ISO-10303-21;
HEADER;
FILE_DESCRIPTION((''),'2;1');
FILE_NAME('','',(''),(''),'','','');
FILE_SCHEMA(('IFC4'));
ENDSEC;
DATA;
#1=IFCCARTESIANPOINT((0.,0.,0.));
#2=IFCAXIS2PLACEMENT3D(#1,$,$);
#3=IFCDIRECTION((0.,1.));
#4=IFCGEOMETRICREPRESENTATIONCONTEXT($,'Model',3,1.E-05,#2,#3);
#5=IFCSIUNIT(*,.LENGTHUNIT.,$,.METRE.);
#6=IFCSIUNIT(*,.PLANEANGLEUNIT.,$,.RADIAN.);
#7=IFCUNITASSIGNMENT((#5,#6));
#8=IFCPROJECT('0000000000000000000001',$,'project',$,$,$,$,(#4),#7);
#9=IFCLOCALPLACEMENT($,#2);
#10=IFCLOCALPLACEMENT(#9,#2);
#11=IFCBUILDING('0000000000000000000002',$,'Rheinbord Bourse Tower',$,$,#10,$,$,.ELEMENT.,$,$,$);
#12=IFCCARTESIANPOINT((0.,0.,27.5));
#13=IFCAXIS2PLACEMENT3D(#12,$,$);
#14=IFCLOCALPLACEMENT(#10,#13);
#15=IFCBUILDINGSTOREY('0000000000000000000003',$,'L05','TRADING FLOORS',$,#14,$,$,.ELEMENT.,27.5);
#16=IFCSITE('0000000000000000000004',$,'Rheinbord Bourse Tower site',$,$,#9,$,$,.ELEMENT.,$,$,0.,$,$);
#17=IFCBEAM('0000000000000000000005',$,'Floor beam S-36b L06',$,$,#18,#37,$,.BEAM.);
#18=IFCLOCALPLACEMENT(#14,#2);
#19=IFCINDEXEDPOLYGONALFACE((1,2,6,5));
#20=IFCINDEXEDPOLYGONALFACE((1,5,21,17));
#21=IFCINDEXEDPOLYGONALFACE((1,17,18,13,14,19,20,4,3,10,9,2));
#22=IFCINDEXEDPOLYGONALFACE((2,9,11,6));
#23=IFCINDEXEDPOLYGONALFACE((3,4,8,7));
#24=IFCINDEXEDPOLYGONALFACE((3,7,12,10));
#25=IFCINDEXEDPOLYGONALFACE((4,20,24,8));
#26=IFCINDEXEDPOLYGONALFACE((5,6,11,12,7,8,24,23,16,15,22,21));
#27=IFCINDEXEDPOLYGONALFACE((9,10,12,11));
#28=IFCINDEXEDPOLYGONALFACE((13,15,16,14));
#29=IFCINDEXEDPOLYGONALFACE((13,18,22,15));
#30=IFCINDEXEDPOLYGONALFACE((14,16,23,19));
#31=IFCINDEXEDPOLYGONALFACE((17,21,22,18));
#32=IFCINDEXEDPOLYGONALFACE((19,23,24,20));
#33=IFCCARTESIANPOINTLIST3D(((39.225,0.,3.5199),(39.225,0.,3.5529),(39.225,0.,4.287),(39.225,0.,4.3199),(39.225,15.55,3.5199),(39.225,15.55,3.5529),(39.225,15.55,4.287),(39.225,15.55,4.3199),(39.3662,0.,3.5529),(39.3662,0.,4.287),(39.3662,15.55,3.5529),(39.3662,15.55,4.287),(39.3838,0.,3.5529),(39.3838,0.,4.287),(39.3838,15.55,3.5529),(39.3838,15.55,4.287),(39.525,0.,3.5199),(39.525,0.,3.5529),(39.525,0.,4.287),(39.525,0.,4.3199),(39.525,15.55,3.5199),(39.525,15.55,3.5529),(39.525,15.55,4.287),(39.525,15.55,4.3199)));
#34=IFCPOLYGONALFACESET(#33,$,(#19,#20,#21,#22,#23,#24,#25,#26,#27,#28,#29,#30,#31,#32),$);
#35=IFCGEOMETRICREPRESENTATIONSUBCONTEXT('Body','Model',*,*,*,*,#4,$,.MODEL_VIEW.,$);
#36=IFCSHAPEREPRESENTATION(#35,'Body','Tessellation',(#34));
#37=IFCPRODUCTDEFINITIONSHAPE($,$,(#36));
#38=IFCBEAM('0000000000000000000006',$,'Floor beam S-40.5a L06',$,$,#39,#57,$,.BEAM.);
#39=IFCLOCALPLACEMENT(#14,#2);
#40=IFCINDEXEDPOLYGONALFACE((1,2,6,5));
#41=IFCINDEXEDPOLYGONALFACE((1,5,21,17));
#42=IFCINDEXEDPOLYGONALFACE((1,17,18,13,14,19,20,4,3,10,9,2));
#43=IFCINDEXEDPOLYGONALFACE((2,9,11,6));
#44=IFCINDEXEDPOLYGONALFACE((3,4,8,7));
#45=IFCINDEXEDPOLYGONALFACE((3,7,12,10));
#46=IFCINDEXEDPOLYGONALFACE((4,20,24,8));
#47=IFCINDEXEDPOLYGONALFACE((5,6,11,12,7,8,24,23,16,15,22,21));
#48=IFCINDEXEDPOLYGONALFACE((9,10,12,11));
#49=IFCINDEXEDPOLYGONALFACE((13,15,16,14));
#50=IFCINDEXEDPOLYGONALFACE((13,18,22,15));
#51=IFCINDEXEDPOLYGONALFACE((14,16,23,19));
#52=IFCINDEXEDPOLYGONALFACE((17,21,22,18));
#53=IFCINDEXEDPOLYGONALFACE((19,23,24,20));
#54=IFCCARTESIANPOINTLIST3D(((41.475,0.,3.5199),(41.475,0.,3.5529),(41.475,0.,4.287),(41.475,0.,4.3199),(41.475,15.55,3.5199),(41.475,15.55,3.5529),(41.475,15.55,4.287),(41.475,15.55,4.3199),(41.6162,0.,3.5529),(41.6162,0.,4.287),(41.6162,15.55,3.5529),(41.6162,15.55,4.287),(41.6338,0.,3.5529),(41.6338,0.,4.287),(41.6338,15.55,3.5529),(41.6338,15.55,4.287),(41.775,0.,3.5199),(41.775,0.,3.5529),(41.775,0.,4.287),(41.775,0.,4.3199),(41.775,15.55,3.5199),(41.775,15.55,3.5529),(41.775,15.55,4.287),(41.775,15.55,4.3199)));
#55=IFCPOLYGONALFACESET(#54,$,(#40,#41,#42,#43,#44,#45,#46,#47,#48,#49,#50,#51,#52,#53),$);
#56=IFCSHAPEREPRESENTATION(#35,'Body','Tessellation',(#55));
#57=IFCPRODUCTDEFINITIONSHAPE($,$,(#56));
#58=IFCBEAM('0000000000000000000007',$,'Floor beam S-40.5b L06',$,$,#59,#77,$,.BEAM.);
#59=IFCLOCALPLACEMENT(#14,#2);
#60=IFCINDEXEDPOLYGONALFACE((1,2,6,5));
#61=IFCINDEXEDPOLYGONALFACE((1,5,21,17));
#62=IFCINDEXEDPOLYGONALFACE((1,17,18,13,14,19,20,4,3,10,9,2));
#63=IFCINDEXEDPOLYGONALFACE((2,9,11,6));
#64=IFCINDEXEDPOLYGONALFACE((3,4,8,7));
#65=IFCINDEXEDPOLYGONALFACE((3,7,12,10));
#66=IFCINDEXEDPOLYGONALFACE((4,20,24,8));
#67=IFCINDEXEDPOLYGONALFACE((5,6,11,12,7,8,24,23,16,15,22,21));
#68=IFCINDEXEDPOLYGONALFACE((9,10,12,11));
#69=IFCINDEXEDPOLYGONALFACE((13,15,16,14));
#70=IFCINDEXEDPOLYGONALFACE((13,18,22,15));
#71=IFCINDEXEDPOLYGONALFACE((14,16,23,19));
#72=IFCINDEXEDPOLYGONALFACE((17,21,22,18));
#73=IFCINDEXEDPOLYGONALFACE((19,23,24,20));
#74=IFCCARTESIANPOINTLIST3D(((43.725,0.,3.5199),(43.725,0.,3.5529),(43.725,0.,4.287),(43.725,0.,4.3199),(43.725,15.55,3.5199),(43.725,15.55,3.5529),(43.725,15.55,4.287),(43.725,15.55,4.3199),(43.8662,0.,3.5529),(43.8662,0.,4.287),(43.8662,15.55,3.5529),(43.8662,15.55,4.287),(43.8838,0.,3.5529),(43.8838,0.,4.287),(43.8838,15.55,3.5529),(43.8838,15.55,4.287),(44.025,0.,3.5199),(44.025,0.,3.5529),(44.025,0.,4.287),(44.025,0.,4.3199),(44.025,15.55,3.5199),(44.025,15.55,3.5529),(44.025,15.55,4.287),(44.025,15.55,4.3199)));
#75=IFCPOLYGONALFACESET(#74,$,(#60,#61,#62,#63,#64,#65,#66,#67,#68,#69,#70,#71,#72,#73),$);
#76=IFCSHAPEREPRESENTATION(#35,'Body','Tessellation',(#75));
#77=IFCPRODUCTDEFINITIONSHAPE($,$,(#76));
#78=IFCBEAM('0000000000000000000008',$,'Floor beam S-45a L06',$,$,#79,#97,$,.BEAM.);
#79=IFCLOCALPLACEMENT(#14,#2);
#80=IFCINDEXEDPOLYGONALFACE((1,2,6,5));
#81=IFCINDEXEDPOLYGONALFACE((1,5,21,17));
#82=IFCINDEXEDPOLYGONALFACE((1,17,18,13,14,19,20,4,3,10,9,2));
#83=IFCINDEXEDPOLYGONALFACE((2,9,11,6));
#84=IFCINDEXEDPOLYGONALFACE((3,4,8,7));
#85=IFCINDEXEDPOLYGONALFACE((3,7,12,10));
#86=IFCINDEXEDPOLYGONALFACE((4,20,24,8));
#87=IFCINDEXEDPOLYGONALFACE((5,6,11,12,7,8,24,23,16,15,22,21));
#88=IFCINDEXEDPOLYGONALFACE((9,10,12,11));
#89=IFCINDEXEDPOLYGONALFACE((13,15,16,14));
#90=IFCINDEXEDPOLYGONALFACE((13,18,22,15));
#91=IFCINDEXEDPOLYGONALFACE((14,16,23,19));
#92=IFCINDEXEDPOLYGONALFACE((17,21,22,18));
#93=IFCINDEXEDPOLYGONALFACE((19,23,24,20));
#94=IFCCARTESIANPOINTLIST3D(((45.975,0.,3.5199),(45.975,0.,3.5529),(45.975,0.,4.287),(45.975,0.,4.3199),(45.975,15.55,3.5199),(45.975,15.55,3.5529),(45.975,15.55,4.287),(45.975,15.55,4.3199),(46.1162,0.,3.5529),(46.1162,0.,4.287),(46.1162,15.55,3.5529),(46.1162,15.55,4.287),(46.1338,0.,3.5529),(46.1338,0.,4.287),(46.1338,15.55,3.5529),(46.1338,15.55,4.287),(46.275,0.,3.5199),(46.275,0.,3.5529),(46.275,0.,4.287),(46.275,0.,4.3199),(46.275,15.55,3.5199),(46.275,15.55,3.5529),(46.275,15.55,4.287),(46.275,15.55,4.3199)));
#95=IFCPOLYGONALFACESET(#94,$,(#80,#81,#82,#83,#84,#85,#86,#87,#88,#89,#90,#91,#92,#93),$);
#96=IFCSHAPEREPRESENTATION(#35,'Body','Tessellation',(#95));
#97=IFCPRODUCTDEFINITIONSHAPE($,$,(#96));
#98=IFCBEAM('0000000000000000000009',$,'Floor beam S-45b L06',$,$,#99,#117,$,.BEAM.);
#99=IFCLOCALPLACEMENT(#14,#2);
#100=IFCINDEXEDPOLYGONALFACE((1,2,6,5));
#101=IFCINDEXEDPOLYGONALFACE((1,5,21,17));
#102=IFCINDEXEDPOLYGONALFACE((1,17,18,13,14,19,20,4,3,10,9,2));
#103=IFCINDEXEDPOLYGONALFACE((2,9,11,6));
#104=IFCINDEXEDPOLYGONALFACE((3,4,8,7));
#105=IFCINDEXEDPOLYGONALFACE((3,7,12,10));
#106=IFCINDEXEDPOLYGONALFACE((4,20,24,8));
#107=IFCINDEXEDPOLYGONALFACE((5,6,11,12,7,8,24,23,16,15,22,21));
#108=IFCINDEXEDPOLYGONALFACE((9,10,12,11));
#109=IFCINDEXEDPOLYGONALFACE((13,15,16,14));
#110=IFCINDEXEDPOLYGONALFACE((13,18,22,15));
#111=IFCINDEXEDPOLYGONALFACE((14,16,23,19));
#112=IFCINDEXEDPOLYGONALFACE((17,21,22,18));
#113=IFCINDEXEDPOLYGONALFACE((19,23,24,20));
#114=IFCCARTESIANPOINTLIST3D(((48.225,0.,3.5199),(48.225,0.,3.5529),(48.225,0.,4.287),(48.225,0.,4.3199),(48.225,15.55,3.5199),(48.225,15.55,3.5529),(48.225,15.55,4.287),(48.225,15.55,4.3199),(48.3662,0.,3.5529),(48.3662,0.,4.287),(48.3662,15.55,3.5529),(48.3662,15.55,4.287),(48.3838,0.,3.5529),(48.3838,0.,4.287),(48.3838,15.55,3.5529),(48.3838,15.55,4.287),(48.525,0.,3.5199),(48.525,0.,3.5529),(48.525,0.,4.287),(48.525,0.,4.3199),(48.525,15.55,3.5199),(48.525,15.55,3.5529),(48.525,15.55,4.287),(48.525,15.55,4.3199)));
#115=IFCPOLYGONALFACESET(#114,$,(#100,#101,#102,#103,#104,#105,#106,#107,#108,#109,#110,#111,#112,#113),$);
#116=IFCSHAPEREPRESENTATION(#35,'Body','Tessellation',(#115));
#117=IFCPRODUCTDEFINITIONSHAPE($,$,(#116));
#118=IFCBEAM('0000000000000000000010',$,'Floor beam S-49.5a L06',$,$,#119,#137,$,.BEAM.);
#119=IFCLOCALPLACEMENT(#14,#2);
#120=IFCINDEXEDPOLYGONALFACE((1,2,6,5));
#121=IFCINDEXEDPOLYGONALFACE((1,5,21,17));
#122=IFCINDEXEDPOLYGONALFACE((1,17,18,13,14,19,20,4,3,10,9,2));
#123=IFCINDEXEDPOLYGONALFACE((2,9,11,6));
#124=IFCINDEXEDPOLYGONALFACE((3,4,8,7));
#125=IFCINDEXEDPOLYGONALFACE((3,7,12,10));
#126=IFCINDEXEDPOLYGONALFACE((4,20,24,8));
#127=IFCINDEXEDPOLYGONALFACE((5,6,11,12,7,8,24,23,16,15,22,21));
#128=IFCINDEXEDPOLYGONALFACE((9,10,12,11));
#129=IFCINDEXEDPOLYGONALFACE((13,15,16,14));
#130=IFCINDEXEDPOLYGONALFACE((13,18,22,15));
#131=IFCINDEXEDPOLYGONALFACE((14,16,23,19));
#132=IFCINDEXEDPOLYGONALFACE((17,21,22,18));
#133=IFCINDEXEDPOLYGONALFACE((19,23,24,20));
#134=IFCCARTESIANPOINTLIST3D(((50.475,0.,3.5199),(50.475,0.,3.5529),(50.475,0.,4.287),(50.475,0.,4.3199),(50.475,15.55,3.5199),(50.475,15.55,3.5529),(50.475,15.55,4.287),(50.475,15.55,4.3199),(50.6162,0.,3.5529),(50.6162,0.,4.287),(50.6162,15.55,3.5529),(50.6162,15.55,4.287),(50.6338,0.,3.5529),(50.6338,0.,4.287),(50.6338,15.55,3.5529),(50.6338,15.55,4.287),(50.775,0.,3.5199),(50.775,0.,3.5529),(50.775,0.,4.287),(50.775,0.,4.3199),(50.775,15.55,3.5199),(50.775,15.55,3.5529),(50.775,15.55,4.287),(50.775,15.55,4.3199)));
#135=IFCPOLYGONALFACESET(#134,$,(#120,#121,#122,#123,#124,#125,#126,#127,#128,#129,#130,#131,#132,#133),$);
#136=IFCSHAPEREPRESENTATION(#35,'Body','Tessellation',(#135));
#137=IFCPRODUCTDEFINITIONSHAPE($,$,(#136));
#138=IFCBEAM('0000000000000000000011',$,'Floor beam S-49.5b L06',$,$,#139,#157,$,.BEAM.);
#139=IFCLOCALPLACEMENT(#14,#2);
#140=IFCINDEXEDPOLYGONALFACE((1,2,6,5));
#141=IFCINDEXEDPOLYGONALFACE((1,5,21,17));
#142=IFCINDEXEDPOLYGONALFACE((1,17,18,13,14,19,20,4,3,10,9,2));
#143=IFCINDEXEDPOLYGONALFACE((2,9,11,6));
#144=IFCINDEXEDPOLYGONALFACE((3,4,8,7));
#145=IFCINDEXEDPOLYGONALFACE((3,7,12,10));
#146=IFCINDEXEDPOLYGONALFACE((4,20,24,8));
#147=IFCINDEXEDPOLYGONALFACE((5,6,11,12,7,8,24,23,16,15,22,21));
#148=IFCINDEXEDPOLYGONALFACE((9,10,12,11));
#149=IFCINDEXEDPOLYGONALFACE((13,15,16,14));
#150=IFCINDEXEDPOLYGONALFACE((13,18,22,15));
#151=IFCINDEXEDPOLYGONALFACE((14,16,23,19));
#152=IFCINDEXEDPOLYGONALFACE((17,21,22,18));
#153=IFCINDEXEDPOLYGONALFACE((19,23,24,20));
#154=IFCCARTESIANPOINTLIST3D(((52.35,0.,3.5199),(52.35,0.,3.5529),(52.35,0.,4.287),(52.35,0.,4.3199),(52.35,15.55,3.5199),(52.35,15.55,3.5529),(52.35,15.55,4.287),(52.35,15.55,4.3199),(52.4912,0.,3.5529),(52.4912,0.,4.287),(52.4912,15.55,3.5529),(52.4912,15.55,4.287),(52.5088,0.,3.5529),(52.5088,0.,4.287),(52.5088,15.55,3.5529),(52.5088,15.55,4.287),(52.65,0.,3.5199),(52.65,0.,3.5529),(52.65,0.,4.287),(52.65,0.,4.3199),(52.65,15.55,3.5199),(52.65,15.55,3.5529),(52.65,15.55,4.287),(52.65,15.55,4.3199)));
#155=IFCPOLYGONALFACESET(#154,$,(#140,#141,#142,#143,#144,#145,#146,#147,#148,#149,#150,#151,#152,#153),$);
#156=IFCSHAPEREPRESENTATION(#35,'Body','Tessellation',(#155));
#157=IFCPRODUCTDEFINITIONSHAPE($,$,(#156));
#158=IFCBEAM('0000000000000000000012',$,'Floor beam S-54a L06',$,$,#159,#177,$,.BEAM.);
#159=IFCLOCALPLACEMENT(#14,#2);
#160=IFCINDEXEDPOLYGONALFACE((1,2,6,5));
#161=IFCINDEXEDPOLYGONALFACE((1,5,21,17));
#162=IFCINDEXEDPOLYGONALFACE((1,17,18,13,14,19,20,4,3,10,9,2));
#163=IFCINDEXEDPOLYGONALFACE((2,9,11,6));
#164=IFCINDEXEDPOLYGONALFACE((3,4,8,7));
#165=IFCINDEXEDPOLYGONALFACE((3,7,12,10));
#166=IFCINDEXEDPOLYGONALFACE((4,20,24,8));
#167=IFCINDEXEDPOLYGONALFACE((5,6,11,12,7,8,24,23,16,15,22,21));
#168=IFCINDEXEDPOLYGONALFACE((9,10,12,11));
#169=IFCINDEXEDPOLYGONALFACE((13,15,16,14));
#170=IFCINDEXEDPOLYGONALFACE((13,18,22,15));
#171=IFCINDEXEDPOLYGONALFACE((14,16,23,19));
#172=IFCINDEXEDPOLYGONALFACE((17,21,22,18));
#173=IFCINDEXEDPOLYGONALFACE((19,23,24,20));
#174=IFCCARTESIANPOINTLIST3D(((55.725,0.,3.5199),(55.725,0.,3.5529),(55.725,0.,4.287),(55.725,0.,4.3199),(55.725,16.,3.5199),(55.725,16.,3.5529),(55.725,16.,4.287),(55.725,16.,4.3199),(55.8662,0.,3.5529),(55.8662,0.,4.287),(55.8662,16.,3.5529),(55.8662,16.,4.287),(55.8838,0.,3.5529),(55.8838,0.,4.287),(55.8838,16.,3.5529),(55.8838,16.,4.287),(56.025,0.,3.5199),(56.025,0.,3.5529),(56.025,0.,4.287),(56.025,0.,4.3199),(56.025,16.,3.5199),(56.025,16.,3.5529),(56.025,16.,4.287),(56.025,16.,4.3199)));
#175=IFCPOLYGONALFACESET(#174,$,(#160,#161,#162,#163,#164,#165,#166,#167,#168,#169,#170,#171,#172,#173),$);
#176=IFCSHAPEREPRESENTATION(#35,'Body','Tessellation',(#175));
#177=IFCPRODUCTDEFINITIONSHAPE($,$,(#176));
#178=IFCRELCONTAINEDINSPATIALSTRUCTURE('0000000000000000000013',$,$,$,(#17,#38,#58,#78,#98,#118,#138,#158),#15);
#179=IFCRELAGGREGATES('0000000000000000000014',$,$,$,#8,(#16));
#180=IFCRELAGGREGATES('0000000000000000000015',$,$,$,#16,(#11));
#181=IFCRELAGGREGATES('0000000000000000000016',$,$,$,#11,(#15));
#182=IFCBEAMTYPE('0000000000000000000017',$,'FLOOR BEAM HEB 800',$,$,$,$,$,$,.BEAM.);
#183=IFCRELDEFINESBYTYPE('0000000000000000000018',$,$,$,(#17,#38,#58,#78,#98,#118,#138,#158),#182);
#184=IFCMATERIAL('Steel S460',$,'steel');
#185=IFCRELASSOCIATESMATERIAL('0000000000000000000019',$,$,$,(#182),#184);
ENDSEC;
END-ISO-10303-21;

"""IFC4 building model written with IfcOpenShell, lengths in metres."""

from ifc_helpers import new_model, si_unit, direction, frame, origin, origin_2d, place, context, subcontext, project, spatial, i_section, extrude, material, material_profile, profile_set, type_object, element, save


model = new_model("IFC4")

# Units and contexts
model_context = context("Model", 3, precision=1e-05, world=origin(), true_north=direction((0.0, 1.0)))
body_context = subcontext(model_context, "Body", "Model", "MODEL_VIEW")
ifc_project = project(units=[si_unit("LENGTHUNIT", "METRE"), si_unit("PLANEANGLEUNIT", "RADIAN")], contexts=[model_context])

# Site, building, storey
site_placement = place(None, origin())
site = spatial("IfcSite", under=ifc_project, at=site_placement, Name="Rheinbord Bourse Tower site", CompositionType="ELEMENT", RefElevation=0.0)
building_placement = place(site_placement, origin())
building = spatial("IfcBuilding", under=site, at=building_placement, Name="Rheinbord Bourse Tower", CompositionType="ELEMENT")
storey_placement = place(building_placement, frame((0.0, 0.0, 27.5)))
storey = spatial("IfcBuildingStorey", under=building, at=storey_placement, Name="L05", Description="TRADING FLOORS", CompositionType="ELEMENT", Elevation=27.5)

# Beams
ifc_material_1 = material(Name="Steel S460", Category="steel")
ifc_material_profile_1 = material_profile(ifc_material_1, i_section(OverallWidth=0.3, OverallDepth=0.8, WebThickness=0.0176, FlangeThickness=0.033, at=origin_2d()), Name="HEB 800")
ifc_profile_set_1 = profile_set([ifc_material_profile_1], Name="Steel S460")
beam_type_1 = type_object("IfcBeamType", Name="FLOOR BEAM HEB 800", PredefinedType="BEAM", material=ifc_profile_set_1)
for number, where, z_axis, x_axis, name in (
    (1, (39.375, 0.0, 3.9199), (0.0, 1.0, 0.0), (-1.0, 0.0, 0.0), "Floor beam S-36b L06"),
    (2, (41.625, 0.0, 3.9199), (0.0, 1.0, 0.0), (-1.0, 0.0, 0.0), "Floor beam S-40.5a L06"),
    (3, (43.875, 0.0, 3.9199), (0.0, 1.0, 0.0), (-1.0, 0.0, 0.0), "Floor beam S-40.5b L06"),
    (4, (46.125, 0.0, 3.9199), (0.0, 1.0, 0.0), (-1.0, 0.0, 0.0), "Floor beam S-45a L06"),
    (5, (48.375, 0.0, 3.9199), (0.0, 1.0, 0.0), (-1.0, 0.0, 0.0), "Floor beam S-45b L06"),
    (6, (50.625, 0.0, 3.9199), (0.0, 1.0, 0.0), (-1.0, 0.0, 0.0), "Floor beam S-49.5a L06"),
    (7, (52.5, 0.0, 3.9199), (0.0, 1.0, 0.0), (-1.0, 0.0, 0.0), "Floor beam S-49.5b L06"),
):
    element("IfcBeam", number, at=place(storey_placement, frame(where, z_axis=z_axis, x_axis=x_axis)), inside=storey, type_object=beam_type_1, Name=name, PredefinedType="BEAM", context=body_context, shape_type="SweptSolid", body=[
        extrude(i_section(OverallWidth=0.3, OverallDepth=0.8, WebThickness=0.0176, FlangeThickness=0.033, at=origin_2d()), origin(), (0.0, 0.0, 1.0), 15.55),
    ])
beam_placement = place(storey_placement, frame((55.875, 0.0, 3.9199), z_axis=(0.0, 1.0, 0.0), x_axis=(-1.0, 0.0, 0.0)))
element("IfcBeam", 8, at=beam_placement, inside=storey, type_object=beam_type_1, Name="Floor beam S-54a L06", PredefinedType="BEAM", context=body_context, shape_type="SweptSolid", body=[
    extrude(i_section(OverallWidth=0.3, OverallDepth=0.8, WebThickness=0.0176, FlangeThickness=0.033, at=origin_2d()), origin(), (0.0, 0.0, 1.0), 16.0),
])

save(model, "model.ifc")
